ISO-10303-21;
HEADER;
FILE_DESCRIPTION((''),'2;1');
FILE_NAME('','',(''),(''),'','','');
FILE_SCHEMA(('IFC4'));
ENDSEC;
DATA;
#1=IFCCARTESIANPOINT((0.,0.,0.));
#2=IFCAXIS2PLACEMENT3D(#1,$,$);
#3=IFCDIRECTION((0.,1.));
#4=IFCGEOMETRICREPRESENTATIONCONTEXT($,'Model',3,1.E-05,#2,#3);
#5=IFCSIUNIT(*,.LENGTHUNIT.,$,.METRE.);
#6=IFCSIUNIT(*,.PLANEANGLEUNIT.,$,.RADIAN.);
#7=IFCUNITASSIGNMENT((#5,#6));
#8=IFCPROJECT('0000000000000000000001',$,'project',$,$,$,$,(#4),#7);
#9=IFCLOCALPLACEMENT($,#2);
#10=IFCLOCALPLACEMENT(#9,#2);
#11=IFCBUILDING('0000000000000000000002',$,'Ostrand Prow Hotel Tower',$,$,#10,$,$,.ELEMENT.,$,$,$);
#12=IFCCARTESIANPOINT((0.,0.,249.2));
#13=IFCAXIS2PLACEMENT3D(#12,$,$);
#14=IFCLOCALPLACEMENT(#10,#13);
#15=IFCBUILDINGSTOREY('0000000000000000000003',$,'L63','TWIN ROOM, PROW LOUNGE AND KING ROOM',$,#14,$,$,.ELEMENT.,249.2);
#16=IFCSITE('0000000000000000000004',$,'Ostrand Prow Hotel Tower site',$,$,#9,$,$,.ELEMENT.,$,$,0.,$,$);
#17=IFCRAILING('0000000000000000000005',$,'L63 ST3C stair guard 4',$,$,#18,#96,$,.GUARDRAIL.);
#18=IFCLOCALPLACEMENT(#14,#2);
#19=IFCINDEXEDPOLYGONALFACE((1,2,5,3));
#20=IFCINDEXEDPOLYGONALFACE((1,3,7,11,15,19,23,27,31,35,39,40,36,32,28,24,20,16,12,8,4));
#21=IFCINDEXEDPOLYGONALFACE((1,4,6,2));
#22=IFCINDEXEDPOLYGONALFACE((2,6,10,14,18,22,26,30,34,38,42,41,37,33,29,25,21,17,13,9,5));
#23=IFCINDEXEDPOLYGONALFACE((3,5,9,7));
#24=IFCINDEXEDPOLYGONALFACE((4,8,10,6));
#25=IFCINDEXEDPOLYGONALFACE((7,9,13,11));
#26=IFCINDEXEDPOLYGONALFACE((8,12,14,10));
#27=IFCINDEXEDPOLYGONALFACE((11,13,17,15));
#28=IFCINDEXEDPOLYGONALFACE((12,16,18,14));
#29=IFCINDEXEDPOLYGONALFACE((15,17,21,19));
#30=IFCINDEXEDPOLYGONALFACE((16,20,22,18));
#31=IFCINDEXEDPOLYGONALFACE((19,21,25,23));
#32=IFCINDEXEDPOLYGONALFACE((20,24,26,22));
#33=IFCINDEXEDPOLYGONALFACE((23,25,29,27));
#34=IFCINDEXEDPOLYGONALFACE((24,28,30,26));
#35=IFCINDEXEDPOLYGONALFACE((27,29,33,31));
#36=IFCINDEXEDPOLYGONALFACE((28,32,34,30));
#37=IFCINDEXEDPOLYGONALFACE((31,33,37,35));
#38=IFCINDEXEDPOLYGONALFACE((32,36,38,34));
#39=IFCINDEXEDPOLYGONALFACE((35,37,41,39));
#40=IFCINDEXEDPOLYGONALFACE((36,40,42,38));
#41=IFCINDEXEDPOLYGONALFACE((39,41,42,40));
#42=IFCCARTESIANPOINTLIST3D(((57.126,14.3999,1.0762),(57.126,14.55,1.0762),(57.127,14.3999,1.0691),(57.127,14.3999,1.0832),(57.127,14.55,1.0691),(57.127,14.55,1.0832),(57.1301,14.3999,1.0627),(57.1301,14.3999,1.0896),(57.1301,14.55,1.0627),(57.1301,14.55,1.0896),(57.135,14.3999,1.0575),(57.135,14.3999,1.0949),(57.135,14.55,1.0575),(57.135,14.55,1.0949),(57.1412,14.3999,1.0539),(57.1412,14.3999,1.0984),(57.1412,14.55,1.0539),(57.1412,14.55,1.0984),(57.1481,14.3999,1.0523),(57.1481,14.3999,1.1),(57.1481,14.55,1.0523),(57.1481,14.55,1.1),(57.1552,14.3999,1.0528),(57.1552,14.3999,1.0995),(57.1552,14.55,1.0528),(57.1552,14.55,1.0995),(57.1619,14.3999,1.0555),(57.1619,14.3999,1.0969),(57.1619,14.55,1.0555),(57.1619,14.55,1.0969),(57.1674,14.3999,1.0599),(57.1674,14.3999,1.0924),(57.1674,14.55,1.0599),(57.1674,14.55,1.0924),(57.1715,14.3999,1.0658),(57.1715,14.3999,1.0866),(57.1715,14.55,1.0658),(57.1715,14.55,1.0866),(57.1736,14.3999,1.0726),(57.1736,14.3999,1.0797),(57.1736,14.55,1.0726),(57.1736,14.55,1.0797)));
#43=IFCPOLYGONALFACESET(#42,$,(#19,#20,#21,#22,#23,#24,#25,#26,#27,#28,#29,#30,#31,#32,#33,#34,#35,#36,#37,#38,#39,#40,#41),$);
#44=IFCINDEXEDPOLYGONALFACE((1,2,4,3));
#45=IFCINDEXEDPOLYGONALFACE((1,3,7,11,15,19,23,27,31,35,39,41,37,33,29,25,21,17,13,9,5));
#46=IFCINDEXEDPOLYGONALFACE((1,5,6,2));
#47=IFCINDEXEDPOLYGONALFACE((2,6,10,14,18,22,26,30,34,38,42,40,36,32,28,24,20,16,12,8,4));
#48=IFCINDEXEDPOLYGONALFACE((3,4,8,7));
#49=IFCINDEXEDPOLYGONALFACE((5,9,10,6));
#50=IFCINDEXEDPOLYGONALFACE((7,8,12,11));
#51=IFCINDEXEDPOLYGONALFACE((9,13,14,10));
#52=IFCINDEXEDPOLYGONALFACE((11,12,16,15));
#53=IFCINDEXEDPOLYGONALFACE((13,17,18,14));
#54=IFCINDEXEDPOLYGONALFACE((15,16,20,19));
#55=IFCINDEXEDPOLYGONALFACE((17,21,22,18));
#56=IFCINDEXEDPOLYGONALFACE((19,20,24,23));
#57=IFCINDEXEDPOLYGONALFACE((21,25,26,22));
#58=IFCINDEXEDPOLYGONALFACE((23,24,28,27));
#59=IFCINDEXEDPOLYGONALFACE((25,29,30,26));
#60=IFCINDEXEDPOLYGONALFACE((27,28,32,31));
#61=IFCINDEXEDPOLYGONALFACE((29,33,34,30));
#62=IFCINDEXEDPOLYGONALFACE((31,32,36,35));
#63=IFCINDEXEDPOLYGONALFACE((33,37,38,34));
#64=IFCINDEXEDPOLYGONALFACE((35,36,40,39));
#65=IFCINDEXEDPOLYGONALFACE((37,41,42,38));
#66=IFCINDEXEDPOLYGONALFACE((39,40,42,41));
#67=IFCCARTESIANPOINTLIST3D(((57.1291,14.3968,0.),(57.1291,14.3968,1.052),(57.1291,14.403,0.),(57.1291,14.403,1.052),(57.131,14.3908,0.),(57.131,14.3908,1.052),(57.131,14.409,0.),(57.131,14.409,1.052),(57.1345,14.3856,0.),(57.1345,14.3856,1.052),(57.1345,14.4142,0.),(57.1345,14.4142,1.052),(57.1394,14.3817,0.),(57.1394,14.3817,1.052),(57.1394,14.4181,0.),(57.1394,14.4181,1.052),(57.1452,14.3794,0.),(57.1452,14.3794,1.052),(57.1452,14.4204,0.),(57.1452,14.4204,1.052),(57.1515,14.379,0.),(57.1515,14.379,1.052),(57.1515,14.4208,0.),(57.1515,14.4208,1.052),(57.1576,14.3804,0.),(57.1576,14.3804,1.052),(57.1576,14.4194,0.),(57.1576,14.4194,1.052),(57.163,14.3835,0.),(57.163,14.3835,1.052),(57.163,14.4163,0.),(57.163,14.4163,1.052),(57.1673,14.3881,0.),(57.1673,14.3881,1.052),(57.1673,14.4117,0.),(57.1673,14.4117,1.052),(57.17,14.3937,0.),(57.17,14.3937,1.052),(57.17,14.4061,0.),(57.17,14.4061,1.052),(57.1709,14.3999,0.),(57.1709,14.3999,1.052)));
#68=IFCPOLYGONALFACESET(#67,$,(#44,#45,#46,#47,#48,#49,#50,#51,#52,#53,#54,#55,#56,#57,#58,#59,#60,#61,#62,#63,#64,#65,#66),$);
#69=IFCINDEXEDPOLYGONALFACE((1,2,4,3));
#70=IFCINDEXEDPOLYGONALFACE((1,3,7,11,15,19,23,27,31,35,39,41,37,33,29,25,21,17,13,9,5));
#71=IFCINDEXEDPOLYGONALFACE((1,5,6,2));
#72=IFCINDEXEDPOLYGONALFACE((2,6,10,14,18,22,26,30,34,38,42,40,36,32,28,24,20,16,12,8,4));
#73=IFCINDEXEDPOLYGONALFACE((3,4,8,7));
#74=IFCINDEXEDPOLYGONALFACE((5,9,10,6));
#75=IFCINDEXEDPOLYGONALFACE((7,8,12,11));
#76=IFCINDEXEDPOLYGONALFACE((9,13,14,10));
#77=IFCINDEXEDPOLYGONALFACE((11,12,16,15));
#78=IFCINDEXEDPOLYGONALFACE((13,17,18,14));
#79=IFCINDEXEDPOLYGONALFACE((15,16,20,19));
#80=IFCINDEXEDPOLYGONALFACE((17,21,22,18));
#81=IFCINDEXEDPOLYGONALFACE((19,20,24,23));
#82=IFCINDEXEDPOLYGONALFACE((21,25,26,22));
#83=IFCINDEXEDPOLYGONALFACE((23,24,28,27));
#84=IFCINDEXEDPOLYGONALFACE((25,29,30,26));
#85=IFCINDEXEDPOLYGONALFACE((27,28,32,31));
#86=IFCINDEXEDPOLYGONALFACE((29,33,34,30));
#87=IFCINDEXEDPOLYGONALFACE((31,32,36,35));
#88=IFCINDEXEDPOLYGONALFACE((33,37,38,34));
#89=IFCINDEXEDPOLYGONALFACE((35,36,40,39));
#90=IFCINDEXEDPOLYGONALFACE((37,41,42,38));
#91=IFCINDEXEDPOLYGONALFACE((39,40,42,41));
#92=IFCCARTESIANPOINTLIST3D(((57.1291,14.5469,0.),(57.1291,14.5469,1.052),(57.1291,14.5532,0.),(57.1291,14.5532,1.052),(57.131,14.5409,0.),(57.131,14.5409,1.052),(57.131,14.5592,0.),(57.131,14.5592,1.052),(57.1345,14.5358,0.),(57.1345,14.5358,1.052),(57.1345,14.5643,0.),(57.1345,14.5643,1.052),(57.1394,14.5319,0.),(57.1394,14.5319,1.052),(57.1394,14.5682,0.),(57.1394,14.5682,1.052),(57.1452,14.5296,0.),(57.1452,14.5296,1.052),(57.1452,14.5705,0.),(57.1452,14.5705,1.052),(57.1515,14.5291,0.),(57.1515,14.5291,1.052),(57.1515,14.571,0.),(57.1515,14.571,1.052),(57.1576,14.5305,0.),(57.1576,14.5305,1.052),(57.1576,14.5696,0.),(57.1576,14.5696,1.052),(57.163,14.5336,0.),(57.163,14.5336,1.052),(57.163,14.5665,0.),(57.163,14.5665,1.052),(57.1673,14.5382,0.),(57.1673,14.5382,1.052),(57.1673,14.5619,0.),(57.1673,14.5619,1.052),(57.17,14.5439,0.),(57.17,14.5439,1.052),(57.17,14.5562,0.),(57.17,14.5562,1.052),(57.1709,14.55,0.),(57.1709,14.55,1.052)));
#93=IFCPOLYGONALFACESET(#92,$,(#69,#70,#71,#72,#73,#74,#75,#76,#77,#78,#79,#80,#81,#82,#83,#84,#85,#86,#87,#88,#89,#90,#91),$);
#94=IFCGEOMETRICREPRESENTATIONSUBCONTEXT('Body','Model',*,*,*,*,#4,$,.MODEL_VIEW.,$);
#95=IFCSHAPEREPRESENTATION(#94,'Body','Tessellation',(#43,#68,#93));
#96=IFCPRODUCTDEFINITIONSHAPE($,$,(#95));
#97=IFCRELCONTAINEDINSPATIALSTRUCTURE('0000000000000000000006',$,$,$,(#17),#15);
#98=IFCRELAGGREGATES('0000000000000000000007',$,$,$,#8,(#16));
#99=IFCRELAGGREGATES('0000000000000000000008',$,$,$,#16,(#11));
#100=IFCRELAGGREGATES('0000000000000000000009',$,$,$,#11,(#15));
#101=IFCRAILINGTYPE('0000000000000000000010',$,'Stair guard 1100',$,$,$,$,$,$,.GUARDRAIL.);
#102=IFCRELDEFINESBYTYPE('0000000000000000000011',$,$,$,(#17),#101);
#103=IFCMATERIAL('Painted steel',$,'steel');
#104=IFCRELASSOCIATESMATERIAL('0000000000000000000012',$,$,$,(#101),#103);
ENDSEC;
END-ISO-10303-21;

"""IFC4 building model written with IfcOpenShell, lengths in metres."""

from ifc_helpers import new_model, si_unit, direction, frame, origin, origin_2d, place, context, subcontext, project, spatial, circle, extrude, material, type_object, element, save


model = new_model("IFC4")

# Units and contexts
model_context = context("Model", 3, precision=1e-05, world=origin(), true_north=direction((0.0, 1.0)))
body_context = subcontext(model_context, "Body", "Model", "MODEL_VIEW")
ifc_project = project(units=[si_unit("LENGTHUNIT", "METRE"), si_unit("PLANEANGLEUNIT", "RADIAN")], contexts=[model_context])

# Site, building, storey
site_placement = place(None, origin())
site = spatial("IfcSite", under=ifc_project, at=site_placement, Name="Ostrand Prow Hotel Tower site", CompositionType="ELEMENT", RefElevation=0.0)
building_placement = place(site_placement, origin())
building = spatial("IfcBuilding", under=site, at=building_placement, Name="Ostrand Prow Hotel Tower", CompositionType="ELEMENT")
storey_placement = place(building_placement, frame((0.0, 0.0, 249.2)))
storey = spatial("IfcBuildingStorey", under=building, at=storey_placement, Name="L63", Description="TWIN ROOM, PROW LOUNGE AND KING ROOM", CompositionType="ELEMENT", Elevation=249.2)

# Railing
ifc_material_1 = material(Name="Painted steel", Category="steel")
railing_type_1 = type_object("IfcRailingType", Name="Stair guard 1100", PredefinedType="GUARDRAIL", material=ifc_material_1)
railing_1_placement = place(storey_placement, frame((57.1499, 14.3999, 0.0)))
element("IfcRailing", 1, at=railing_1_placement, inside=storey, type_object=railing_type_1, Name="L63 ST3C stair guard 4", PredefinedType="GUARDRAIL", context=body_context, shape_type="SweptSolid", body=[
    extrude(circle(Radius=0.0239, at=origin_2d()), frame((0.0, 0.0, 1.0762), z_axis=(0.0, 1.0, 0.0), x_axis=(-1.0, 0.0, 0.0)), (0.0, 0.0, 1.0), 0.1501),
    extrude(circle(Radius=0.021, at=origin_2d()), origin(), (0.0, 0.0, 1.0), 1.052),
    extrude(circle(Radius=0.021, at=origin_2d()), frame((0.0, 0.1501, 0.0)), (0.0, 0.0, 1.0), 1.052),
])

save(model, "model.ifc")
